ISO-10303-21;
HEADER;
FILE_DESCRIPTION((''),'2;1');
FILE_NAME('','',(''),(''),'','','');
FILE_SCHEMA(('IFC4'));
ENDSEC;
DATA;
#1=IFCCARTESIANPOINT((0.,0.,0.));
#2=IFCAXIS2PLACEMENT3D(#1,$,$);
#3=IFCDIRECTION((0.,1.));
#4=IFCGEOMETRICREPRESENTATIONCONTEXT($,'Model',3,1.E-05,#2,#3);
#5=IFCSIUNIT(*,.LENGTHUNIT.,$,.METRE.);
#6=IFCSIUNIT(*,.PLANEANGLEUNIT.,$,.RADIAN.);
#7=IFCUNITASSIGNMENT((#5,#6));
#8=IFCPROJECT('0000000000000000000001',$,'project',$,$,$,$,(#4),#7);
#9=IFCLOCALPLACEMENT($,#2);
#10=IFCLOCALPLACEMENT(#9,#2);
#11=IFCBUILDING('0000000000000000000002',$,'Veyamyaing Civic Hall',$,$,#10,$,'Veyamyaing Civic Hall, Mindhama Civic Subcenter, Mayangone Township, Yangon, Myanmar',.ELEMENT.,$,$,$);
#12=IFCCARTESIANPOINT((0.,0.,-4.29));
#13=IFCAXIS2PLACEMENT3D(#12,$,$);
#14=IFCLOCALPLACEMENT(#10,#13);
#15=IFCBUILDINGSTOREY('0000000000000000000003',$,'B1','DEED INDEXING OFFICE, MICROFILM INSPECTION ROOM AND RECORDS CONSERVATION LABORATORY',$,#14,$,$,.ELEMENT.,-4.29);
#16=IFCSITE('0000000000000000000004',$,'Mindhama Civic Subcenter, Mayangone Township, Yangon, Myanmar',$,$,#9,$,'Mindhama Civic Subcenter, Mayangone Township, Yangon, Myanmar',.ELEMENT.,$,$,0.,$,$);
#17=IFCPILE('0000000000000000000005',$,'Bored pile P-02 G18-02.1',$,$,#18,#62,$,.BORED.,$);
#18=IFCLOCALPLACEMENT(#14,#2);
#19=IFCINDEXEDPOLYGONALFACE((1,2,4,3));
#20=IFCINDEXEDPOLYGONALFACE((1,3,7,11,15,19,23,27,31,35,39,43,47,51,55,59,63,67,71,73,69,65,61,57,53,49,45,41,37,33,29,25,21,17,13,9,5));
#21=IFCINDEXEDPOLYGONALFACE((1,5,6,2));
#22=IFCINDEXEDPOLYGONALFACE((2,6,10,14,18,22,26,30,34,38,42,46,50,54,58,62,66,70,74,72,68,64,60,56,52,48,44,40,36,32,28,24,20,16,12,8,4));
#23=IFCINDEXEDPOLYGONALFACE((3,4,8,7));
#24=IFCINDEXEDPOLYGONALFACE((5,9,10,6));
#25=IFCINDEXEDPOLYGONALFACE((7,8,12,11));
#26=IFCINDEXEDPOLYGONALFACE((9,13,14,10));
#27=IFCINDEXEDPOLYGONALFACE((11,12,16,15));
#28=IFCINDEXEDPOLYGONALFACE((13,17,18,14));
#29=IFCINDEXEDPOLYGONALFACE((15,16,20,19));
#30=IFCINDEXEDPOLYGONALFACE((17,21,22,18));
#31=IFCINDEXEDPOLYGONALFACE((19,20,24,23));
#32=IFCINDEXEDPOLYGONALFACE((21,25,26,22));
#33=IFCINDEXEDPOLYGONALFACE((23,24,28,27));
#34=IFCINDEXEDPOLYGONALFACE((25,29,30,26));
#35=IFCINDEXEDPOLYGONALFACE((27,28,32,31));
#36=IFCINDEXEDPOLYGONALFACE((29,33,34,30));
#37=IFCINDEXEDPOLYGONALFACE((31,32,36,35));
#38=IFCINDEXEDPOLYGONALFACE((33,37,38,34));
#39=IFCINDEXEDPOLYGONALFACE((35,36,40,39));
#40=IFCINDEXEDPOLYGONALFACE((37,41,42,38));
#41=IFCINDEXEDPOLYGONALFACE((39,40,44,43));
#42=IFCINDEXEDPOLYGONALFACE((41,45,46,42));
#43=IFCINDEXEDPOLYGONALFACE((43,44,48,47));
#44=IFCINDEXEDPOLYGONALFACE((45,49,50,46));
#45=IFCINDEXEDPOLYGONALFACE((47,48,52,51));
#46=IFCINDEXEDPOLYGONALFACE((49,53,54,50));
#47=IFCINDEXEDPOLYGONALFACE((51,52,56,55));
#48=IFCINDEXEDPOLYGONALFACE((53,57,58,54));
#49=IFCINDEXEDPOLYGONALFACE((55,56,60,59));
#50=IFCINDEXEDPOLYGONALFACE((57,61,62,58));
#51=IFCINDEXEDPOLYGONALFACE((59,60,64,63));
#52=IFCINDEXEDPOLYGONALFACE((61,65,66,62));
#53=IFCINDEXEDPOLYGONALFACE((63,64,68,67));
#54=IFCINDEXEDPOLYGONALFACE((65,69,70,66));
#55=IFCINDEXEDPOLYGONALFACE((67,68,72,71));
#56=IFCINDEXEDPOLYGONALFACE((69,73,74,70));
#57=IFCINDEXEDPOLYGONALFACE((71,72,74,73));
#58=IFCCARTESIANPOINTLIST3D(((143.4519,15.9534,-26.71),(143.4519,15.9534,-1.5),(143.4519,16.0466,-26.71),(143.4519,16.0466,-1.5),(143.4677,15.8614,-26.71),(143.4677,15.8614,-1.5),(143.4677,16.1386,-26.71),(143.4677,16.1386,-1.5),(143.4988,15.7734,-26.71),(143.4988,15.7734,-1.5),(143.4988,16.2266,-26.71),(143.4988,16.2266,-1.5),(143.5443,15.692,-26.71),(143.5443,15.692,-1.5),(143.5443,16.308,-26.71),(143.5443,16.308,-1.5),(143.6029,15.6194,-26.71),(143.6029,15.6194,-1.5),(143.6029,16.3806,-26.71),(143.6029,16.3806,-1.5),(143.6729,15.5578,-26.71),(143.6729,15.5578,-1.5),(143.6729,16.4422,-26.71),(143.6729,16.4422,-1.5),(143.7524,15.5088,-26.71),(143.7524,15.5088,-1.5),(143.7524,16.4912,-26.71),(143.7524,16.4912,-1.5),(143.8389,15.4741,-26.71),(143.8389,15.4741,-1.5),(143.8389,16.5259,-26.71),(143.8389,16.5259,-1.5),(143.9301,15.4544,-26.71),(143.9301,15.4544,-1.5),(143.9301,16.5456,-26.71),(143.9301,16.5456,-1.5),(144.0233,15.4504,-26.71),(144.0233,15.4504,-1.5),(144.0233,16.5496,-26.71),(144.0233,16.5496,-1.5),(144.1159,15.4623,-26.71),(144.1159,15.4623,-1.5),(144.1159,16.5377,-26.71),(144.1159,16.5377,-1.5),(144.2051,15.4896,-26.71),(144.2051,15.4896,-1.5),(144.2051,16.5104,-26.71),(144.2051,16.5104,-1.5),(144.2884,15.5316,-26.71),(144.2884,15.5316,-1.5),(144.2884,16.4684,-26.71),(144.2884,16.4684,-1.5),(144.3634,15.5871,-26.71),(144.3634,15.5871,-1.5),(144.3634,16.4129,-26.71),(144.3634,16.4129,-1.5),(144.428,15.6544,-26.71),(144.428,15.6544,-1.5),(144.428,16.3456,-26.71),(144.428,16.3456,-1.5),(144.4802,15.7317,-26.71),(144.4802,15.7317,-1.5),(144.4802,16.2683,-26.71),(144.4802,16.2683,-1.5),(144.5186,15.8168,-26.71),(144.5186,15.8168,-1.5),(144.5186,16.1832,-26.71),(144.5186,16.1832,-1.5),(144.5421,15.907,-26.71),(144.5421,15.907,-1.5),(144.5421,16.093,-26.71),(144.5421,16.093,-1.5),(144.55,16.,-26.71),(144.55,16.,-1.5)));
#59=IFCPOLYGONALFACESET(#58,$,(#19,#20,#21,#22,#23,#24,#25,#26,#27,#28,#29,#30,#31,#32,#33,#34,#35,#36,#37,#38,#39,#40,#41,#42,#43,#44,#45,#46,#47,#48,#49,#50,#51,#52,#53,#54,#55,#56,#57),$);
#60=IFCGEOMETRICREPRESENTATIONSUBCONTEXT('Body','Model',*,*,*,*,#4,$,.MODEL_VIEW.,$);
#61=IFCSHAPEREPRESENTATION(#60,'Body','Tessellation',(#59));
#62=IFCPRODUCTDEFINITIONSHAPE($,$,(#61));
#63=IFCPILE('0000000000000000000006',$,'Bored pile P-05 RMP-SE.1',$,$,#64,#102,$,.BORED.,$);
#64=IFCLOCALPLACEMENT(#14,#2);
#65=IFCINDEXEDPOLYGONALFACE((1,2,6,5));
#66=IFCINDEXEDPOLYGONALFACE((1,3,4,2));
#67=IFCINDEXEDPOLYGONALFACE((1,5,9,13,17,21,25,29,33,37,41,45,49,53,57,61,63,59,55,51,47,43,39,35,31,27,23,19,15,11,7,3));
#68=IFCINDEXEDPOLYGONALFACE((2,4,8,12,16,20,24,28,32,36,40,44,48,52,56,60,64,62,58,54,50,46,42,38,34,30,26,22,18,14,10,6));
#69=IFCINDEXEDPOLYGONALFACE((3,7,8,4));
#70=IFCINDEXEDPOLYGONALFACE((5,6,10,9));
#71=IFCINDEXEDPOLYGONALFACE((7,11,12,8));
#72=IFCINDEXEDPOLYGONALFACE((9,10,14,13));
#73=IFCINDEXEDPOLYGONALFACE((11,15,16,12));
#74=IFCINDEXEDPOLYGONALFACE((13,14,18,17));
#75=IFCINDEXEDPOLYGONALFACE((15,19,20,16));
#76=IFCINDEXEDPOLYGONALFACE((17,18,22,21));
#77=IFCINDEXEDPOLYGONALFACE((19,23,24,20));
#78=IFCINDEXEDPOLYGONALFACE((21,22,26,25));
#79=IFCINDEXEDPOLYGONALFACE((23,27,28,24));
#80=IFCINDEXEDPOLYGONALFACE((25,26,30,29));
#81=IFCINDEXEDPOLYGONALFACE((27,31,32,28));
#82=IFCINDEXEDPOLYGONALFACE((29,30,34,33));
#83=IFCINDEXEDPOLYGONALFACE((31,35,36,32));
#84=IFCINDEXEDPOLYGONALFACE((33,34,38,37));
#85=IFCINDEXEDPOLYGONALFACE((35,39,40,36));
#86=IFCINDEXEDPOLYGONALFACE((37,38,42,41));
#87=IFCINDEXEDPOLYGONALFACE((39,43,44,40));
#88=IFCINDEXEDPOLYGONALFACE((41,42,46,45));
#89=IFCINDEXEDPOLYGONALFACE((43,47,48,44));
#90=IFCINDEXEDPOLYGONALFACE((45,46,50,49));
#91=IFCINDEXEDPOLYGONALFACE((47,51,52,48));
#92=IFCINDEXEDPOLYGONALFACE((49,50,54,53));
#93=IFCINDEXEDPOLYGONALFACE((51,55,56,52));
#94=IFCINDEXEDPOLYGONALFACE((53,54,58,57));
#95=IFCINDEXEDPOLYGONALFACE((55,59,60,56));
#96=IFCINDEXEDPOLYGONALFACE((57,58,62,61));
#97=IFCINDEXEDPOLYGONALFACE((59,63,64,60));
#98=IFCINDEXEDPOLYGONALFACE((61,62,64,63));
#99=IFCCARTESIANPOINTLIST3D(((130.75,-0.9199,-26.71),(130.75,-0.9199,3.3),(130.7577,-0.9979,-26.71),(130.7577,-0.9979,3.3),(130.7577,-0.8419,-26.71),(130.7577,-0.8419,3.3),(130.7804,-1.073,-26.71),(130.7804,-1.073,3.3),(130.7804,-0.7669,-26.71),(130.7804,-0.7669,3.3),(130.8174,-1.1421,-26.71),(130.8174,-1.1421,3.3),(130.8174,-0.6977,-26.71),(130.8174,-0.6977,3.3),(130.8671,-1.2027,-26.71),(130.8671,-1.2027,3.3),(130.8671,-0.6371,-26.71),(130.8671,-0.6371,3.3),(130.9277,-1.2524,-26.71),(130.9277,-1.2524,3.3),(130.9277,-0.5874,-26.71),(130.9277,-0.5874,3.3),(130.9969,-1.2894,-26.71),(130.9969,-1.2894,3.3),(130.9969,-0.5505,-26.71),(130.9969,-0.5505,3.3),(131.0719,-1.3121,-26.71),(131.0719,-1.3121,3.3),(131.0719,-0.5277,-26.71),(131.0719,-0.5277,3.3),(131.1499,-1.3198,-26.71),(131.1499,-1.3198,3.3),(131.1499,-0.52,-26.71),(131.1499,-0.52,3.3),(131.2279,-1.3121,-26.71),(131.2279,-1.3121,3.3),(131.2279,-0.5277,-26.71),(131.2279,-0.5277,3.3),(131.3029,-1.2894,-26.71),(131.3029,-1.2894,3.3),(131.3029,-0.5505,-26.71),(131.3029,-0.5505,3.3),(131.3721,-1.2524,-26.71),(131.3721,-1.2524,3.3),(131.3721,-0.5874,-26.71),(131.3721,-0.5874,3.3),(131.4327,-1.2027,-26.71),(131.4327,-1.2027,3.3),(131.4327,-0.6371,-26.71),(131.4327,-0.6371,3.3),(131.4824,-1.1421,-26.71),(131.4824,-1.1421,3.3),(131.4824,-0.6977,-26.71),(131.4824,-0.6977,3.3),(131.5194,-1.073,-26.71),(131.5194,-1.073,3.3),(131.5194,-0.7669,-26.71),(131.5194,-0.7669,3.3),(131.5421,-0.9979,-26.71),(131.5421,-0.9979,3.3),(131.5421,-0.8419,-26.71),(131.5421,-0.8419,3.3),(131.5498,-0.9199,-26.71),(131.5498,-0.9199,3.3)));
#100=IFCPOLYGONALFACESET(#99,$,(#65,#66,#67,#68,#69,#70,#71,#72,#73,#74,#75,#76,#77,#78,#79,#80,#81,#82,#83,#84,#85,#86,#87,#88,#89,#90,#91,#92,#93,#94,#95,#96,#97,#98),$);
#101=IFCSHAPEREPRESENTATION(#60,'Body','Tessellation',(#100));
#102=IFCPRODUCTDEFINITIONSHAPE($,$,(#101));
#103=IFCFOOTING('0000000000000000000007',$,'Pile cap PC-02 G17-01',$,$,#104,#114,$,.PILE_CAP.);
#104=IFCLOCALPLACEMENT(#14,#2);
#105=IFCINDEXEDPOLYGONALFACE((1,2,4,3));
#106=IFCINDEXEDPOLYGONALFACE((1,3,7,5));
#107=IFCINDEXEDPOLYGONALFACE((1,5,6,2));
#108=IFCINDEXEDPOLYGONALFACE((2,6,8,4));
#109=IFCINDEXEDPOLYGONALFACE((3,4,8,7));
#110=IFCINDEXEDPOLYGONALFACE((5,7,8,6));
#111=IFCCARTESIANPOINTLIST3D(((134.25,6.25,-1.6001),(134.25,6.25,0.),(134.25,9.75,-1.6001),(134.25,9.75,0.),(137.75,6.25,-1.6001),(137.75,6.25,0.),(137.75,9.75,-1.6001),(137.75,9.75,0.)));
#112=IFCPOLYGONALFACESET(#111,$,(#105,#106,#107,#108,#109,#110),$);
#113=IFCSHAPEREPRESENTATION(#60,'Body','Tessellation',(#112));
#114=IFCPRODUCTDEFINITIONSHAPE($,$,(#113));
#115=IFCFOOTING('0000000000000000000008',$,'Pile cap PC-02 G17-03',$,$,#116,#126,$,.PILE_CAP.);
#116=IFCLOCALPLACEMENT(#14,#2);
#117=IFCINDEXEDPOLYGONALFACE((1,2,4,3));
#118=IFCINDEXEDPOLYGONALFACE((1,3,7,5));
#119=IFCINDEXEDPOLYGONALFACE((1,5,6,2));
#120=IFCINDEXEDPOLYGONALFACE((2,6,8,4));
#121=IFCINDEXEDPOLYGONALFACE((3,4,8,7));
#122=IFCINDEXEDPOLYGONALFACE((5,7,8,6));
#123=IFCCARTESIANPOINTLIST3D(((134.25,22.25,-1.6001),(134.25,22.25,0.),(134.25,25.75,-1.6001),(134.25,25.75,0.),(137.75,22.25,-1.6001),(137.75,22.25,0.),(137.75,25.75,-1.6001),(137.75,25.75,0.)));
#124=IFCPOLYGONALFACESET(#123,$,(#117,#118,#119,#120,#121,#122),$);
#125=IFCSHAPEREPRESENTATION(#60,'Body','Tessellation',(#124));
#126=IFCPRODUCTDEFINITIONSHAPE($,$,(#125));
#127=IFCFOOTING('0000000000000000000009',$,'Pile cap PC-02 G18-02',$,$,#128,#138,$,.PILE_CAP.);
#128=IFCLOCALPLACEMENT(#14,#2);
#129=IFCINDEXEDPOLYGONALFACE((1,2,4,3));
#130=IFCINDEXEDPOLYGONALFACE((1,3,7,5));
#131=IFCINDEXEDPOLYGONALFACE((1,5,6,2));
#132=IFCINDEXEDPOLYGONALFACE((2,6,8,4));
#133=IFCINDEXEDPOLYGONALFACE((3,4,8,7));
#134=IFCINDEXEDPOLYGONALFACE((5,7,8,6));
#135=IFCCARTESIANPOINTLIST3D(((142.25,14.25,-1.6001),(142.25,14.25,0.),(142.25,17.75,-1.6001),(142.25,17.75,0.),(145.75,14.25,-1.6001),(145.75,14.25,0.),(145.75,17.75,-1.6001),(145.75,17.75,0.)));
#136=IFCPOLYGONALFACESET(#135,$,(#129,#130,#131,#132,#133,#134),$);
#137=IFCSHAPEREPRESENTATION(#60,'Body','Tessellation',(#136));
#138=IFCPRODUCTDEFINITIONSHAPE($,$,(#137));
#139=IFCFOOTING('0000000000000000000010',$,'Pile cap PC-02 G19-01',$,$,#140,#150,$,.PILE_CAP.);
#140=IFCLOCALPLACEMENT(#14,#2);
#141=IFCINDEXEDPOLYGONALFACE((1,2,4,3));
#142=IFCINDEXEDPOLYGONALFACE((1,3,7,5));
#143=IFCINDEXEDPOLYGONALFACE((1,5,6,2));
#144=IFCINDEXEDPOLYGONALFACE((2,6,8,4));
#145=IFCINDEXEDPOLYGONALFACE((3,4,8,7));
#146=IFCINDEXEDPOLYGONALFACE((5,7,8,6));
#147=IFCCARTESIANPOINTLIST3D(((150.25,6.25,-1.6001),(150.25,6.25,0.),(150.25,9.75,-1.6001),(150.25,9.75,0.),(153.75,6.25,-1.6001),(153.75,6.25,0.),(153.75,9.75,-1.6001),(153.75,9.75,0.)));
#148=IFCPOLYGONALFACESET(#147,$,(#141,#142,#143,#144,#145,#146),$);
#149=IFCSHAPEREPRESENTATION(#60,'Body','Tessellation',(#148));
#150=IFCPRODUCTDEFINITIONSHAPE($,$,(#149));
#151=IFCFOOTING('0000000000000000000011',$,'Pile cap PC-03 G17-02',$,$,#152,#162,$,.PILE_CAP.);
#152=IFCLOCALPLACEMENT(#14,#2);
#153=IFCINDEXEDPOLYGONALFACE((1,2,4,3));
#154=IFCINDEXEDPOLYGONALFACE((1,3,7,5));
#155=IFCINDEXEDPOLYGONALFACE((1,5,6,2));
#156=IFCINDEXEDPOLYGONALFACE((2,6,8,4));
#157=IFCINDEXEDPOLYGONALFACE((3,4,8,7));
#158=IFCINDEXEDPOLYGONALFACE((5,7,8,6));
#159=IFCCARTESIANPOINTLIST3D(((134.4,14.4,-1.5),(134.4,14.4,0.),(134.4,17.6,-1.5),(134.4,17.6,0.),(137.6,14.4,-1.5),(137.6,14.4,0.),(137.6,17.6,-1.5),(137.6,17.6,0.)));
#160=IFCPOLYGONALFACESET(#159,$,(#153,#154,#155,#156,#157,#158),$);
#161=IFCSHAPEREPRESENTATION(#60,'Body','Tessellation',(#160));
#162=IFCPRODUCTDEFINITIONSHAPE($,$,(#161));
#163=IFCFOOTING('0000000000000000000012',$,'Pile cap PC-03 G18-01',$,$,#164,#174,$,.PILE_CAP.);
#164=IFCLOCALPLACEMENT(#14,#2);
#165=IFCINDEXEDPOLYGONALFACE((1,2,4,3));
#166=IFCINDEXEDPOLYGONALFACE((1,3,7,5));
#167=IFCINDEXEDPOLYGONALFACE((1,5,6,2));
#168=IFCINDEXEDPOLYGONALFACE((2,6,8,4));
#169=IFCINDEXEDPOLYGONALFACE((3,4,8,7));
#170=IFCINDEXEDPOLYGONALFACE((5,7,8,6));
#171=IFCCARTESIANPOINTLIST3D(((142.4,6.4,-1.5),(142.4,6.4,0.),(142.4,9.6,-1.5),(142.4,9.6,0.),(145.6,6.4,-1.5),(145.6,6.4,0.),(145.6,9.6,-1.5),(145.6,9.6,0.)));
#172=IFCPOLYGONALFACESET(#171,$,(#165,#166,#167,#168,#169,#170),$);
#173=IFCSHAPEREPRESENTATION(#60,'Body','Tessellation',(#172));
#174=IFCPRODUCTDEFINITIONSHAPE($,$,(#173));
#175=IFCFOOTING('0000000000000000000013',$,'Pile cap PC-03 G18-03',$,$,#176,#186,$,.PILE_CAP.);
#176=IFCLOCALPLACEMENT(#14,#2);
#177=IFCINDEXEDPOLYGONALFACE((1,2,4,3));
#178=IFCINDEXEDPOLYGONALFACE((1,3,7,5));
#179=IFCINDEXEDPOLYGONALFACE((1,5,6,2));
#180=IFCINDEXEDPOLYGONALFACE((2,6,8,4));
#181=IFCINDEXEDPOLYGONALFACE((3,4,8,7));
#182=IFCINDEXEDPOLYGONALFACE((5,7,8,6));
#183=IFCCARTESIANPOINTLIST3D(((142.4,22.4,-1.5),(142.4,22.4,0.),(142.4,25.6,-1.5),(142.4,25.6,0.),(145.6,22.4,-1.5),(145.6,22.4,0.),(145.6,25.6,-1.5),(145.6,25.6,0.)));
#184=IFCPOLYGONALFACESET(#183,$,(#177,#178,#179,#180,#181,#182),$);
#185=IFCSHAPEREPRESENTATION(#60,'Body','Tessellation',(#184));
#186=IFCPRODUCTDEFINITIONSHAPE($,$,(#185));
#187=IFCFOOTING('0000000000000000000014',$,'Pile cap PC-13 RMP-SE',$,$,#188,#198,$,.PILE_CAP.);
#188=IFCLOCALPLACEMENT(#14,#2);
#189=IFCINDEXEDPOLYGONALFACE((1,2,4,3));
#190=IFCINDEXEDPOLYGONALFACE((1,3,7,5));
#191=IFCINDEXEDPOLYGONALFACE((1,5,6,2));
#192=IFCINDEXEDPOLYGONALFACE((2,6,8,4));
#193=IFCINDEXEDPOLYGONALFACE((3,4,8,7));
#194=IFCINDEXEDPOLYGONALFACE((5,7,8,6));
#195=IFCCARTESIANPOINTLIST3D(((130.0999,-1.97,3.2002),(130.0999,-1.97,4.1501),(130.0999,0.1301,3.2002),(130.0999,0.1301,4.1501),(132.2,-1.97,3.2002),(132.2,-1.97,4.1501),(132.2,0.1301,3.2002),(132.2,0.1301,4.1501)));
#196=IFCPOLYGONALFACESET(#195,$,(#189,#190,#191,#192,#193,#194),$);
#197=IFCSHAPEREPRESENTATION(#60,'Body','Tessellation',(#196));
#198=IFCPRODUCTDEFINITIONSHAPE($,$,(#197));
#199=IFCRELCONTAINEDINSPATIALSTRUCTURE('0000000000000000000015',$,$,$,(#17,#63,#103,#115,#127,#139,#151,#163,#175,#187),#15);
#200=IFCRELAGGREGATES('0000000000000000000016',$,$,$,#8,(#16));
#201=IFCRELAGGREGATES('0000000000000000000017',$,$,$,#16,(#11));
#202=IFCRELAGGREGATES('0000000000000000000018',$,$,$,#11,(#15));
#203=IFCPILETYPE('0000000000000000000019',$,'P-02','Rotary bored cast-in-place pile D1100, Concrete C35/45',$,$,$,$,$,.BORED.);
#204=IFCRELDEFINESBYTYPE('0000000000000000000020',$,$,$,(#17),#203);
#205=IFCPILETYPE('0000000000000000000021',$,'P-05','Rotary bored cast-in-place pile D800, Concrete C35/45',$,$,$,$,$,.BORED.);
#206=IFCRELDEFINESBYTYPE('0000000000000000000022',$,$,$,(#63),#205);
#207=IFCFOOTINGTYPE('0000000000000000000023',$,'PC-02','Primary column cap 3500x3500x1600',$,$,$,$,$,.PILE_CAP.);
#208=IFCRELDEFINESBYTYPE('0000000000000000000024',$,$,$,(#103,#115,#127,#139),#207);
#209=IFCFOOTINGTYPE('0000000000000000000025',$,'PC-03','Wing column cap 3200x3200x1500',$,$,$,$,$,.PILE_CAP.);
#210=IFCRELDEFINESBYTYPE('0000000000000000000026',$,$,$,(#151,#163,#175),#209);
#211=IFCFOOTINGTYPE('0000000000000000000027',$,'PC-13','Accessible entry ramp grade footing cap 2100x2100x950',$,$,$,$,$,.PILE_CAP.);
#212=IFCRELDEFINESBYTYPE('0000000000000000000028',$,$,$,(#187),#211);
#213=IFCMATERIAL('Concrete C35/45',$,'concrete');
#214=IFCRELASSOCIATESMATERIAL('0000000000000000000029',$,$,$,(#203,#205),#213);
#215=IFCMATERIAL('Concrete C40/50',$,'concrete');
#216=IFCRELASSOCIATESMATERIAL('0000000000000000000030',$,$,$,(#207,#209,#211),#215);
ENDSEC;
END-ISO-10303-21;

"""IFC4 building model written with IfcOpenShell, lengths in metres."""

from ifc_helpers import new_model, si_unit, direction, frame, origin, origin_2d, place, context, subcontext, project, spatial, rectangle, circle, extrude, material, material_profile, profile_set, type_object, element, save


model = new_model("IFC4")

# Units and contexts
model_context = context("Model", 3, precision=1e-05, world=origin(), true_north=direction((0.0, 1.0)))
body_context = subcontext(model_context, "Body", "Model", "MODEL_VIEW")
ifc_project = project(units=[si_unit("LENGTHUNIT", "METRE"), si_unit("PLANEANGLEUNIT", "RADIAN")], contexts=[model_context])

# Site, building, storey
site_placement = place(None, origin())
site = spatial("IfcSite", under=ifc_project, at=site_placement, Name="Mindhama Civic Subcenter, Mayangone Township, Yangon, Myanmar", LongName="Mindhama Civic Subcenter, Mayangone Township, Yangon, Myanmar", CompositionType="ELEMENT", RefElevation=0.0)
building_placement = place(site_placement, origin())
building = spatial("IfcBuilding", under=site, at=building_placement, Name="Veyamyaing Civic Hall", LongName="Veyamyaing Civic Hall, Mindhama Civic Subcenter, Mayangone Township, Yangon, Myanmar", CompositionType="ELEMENT")
storey_placement = place(building_placement, frame((0.0, 0.0, -4.29)))
storey = spatial("IfcBuildingStorey", under=building, at=storey_placement, Name="B1", Description="DEED INDEXING OFFICE, MICROFILM INSPECTION ROOM AND RECORDS CONSERVATION LABORATORY", CompositionType="ELEMENT", Elevation=-4.29)

# Shared definitions
ifc_material_1 = material(Name="Concrete C40/50", Category="concrete")

# Piles
ifc_material_2 = material(Name="Concrete C35/45", Category="concrete")
ifc_material_profile_1 = material_profile(ifc_material_2, circle(Radius=0.55, at=origin_2d()), Name="PILE-D1100")
ifc_profile_set_1 = profile_set([ifc_material_profile_1], Name="Concrete C35/45")
pile_type_1 = type_object("IfcPileType", Name="P-02", Description="Rotary bored cast-in-place pile D1100, Concrete C35/45", PredefinedType="BORED", material=ifc_profile_set_1)
for number, where, z_axis, x_axis, name in (
    (1, (144.0, 16.0, -1.5), (0.0, 0.0, -1.0), (1.0, 0.0, 0.0), "Bored pile P-02 G18-02.1"),
):
    element("IfcPile", number, at=place(storey_placement, frame(where, z_axis=z_axis, x_axis=x_axis)), inside=storey, type_object=pile_type_1, Name=name, PredefinedType="BORED", context=body_context, shape_type="SweptSolid", body=[
        extrude(circle(Radius=0.55, at=origin_2d()), origin(), (0.0, 0.0, 1.0), 25.21),
    ])
ifc_material_profile_2 = material_profile(ifc_material_2, circle(Radius=0.3999, at=origin_2d()), Name="PILE-D800")
ifc_profile_set_2 = profile_set([ifc_material_profile_2], Name="Concrete C35/45")
pile_type_2 = type_object("IfcPileType", Name="P-05", Description="Rotary bored cast-in-place pile D800, Concrete C35/45", PredefinedType="BORED", material=ifc_profile_set_2)
pile_placement = place(storey_placement, frame((131.1499, -0.9199, 3.3), z_axis=(0.0, 0.0, -1.0), x_axis=(1.0, 0.0, 0.0)))
element("IfcPile", 2, at=pile_placement, inside=storey, type_object=pile_type_2, Name="Bored pile P-05 RMP-SE.1", PredefinedType="BORED", context=body_context, shape_type="SweptSolid", body=[
    extrude(circle(Radius=0.3999, at=origin_2d()), origin(), (0.0, 0.0, 1.0), 30.01),
])

# Footings
footing_type_1 = type_object("IfcFootingType", Name="PC-02", Description="Primary column cap 3500x3500x1600", PredefinedType="PILE_CAP", material=ifc_material_1)
for number, where, z_axis, x_axis, name in (
    (3, (136.0, 8.0, -1.6001), (0.0, 0.0, 1.0), (1.0, 0.0, 0.0), "Pile cap PC-02 G17-01"),
    (4, (136.0, 24.0, -1.6001), (0.0, 0.0, 1.0), (1.0, 0.0, 0.0), "Pile cap PC-02 G17-03"),
    (5, (144.0, 16.0, -1.6001), (0.0, 0.0, 1.0), (1.0, 0.0, 0.0), "Pile cap PC-02 G18-02"),
    (6, (152.0, 8.0, -1.6001), (0.0, 0.0, 1.0), (1.0, 0.0, 0.0), "Pile cap PC-02 G19-01"),
):
    element("IfcFooting", number, at=place(storey_placement, frame(where, z_axis=z_axis, x_axis=x_axis)), inside=storey, type_object=footing_type_1, Name=name, PredefinedType="PILE_CAP", context=body_context, shape_type="SweptSolid", body=[
        extrude(rectangle(XDim=3.5, YDim=3.5, at=origin_2d()), origin(), (0.0, 0.0, 1.0), 1.6001),
    ])
footing_type_2 = type_object("IfcFootingType", Name="PC-03", Description="Wing column cap 3200x3200x1500", PredefinedType="PILE_CAP", material=ifc_material_1)
for number, where, z_axis, x_axis, name in (
    (7, (136.0, 16.0, -1.5), (0.0, 0.0, 1.0), (1.0, 0.0, 0.0), "Pile cap PC-03 G17-02"),
    (8, (144.0, 8.0, -1.5), (0.0, 0.0, 1.0), (1.0, 0.0, 0.0), "Pile cap PC-03 G18-01"),
    (9, (144.0, 24.0, -1.5), (0.0, 0.0, 1.0), (1.0, 0.0, 0.0), "Pile cap PC-03 G18-03"),
):
    element("IfcFooting", number, at=place(storey_placement, frame(where, z_axis=z_axis, x_axis=x_axis)), inside=storey, type_object=footing_type_2, Name=name, PredefinedType="PILE_CAP", context=body_context, shape_type="SweptSolid", body=[
        extrude(rectangle(XDim=3.2, YDim=3.2, at=origin_2d()), origin(), (0.0, 0.0, 1.0), 1.5),
    ])
footing_type_3 = type_object("IfcFootingType", Name="PC-13", Description="Accessible entry ramp grade footing cap 2100x2100x950", PredefinedType="PILE_CAP", material=ifc_material_1)
footing_1_placement = place(storey_placement, frame((131.1499, -0.9199, 3.2002), z_axis=(0.0, 0.0, 1.0), x_axis=(1.0, 0.0, 0.0)))
element("IfcFooting", 10, at=footing_1_placement, inside=storey, type_object=footing_type_3, Name="Pile cap PC-13 RMP-SE", PredefinedType="PILE_CAP", context=body_context, shape_type="SweptSolid", body=[
    extrude(rectangle(XDim=2.1001, YDim=2.1001, at=origin_2d()), origin(), (0.0, 0.0, 1.0), 0.95),
])

save(model, "model.ifc")
